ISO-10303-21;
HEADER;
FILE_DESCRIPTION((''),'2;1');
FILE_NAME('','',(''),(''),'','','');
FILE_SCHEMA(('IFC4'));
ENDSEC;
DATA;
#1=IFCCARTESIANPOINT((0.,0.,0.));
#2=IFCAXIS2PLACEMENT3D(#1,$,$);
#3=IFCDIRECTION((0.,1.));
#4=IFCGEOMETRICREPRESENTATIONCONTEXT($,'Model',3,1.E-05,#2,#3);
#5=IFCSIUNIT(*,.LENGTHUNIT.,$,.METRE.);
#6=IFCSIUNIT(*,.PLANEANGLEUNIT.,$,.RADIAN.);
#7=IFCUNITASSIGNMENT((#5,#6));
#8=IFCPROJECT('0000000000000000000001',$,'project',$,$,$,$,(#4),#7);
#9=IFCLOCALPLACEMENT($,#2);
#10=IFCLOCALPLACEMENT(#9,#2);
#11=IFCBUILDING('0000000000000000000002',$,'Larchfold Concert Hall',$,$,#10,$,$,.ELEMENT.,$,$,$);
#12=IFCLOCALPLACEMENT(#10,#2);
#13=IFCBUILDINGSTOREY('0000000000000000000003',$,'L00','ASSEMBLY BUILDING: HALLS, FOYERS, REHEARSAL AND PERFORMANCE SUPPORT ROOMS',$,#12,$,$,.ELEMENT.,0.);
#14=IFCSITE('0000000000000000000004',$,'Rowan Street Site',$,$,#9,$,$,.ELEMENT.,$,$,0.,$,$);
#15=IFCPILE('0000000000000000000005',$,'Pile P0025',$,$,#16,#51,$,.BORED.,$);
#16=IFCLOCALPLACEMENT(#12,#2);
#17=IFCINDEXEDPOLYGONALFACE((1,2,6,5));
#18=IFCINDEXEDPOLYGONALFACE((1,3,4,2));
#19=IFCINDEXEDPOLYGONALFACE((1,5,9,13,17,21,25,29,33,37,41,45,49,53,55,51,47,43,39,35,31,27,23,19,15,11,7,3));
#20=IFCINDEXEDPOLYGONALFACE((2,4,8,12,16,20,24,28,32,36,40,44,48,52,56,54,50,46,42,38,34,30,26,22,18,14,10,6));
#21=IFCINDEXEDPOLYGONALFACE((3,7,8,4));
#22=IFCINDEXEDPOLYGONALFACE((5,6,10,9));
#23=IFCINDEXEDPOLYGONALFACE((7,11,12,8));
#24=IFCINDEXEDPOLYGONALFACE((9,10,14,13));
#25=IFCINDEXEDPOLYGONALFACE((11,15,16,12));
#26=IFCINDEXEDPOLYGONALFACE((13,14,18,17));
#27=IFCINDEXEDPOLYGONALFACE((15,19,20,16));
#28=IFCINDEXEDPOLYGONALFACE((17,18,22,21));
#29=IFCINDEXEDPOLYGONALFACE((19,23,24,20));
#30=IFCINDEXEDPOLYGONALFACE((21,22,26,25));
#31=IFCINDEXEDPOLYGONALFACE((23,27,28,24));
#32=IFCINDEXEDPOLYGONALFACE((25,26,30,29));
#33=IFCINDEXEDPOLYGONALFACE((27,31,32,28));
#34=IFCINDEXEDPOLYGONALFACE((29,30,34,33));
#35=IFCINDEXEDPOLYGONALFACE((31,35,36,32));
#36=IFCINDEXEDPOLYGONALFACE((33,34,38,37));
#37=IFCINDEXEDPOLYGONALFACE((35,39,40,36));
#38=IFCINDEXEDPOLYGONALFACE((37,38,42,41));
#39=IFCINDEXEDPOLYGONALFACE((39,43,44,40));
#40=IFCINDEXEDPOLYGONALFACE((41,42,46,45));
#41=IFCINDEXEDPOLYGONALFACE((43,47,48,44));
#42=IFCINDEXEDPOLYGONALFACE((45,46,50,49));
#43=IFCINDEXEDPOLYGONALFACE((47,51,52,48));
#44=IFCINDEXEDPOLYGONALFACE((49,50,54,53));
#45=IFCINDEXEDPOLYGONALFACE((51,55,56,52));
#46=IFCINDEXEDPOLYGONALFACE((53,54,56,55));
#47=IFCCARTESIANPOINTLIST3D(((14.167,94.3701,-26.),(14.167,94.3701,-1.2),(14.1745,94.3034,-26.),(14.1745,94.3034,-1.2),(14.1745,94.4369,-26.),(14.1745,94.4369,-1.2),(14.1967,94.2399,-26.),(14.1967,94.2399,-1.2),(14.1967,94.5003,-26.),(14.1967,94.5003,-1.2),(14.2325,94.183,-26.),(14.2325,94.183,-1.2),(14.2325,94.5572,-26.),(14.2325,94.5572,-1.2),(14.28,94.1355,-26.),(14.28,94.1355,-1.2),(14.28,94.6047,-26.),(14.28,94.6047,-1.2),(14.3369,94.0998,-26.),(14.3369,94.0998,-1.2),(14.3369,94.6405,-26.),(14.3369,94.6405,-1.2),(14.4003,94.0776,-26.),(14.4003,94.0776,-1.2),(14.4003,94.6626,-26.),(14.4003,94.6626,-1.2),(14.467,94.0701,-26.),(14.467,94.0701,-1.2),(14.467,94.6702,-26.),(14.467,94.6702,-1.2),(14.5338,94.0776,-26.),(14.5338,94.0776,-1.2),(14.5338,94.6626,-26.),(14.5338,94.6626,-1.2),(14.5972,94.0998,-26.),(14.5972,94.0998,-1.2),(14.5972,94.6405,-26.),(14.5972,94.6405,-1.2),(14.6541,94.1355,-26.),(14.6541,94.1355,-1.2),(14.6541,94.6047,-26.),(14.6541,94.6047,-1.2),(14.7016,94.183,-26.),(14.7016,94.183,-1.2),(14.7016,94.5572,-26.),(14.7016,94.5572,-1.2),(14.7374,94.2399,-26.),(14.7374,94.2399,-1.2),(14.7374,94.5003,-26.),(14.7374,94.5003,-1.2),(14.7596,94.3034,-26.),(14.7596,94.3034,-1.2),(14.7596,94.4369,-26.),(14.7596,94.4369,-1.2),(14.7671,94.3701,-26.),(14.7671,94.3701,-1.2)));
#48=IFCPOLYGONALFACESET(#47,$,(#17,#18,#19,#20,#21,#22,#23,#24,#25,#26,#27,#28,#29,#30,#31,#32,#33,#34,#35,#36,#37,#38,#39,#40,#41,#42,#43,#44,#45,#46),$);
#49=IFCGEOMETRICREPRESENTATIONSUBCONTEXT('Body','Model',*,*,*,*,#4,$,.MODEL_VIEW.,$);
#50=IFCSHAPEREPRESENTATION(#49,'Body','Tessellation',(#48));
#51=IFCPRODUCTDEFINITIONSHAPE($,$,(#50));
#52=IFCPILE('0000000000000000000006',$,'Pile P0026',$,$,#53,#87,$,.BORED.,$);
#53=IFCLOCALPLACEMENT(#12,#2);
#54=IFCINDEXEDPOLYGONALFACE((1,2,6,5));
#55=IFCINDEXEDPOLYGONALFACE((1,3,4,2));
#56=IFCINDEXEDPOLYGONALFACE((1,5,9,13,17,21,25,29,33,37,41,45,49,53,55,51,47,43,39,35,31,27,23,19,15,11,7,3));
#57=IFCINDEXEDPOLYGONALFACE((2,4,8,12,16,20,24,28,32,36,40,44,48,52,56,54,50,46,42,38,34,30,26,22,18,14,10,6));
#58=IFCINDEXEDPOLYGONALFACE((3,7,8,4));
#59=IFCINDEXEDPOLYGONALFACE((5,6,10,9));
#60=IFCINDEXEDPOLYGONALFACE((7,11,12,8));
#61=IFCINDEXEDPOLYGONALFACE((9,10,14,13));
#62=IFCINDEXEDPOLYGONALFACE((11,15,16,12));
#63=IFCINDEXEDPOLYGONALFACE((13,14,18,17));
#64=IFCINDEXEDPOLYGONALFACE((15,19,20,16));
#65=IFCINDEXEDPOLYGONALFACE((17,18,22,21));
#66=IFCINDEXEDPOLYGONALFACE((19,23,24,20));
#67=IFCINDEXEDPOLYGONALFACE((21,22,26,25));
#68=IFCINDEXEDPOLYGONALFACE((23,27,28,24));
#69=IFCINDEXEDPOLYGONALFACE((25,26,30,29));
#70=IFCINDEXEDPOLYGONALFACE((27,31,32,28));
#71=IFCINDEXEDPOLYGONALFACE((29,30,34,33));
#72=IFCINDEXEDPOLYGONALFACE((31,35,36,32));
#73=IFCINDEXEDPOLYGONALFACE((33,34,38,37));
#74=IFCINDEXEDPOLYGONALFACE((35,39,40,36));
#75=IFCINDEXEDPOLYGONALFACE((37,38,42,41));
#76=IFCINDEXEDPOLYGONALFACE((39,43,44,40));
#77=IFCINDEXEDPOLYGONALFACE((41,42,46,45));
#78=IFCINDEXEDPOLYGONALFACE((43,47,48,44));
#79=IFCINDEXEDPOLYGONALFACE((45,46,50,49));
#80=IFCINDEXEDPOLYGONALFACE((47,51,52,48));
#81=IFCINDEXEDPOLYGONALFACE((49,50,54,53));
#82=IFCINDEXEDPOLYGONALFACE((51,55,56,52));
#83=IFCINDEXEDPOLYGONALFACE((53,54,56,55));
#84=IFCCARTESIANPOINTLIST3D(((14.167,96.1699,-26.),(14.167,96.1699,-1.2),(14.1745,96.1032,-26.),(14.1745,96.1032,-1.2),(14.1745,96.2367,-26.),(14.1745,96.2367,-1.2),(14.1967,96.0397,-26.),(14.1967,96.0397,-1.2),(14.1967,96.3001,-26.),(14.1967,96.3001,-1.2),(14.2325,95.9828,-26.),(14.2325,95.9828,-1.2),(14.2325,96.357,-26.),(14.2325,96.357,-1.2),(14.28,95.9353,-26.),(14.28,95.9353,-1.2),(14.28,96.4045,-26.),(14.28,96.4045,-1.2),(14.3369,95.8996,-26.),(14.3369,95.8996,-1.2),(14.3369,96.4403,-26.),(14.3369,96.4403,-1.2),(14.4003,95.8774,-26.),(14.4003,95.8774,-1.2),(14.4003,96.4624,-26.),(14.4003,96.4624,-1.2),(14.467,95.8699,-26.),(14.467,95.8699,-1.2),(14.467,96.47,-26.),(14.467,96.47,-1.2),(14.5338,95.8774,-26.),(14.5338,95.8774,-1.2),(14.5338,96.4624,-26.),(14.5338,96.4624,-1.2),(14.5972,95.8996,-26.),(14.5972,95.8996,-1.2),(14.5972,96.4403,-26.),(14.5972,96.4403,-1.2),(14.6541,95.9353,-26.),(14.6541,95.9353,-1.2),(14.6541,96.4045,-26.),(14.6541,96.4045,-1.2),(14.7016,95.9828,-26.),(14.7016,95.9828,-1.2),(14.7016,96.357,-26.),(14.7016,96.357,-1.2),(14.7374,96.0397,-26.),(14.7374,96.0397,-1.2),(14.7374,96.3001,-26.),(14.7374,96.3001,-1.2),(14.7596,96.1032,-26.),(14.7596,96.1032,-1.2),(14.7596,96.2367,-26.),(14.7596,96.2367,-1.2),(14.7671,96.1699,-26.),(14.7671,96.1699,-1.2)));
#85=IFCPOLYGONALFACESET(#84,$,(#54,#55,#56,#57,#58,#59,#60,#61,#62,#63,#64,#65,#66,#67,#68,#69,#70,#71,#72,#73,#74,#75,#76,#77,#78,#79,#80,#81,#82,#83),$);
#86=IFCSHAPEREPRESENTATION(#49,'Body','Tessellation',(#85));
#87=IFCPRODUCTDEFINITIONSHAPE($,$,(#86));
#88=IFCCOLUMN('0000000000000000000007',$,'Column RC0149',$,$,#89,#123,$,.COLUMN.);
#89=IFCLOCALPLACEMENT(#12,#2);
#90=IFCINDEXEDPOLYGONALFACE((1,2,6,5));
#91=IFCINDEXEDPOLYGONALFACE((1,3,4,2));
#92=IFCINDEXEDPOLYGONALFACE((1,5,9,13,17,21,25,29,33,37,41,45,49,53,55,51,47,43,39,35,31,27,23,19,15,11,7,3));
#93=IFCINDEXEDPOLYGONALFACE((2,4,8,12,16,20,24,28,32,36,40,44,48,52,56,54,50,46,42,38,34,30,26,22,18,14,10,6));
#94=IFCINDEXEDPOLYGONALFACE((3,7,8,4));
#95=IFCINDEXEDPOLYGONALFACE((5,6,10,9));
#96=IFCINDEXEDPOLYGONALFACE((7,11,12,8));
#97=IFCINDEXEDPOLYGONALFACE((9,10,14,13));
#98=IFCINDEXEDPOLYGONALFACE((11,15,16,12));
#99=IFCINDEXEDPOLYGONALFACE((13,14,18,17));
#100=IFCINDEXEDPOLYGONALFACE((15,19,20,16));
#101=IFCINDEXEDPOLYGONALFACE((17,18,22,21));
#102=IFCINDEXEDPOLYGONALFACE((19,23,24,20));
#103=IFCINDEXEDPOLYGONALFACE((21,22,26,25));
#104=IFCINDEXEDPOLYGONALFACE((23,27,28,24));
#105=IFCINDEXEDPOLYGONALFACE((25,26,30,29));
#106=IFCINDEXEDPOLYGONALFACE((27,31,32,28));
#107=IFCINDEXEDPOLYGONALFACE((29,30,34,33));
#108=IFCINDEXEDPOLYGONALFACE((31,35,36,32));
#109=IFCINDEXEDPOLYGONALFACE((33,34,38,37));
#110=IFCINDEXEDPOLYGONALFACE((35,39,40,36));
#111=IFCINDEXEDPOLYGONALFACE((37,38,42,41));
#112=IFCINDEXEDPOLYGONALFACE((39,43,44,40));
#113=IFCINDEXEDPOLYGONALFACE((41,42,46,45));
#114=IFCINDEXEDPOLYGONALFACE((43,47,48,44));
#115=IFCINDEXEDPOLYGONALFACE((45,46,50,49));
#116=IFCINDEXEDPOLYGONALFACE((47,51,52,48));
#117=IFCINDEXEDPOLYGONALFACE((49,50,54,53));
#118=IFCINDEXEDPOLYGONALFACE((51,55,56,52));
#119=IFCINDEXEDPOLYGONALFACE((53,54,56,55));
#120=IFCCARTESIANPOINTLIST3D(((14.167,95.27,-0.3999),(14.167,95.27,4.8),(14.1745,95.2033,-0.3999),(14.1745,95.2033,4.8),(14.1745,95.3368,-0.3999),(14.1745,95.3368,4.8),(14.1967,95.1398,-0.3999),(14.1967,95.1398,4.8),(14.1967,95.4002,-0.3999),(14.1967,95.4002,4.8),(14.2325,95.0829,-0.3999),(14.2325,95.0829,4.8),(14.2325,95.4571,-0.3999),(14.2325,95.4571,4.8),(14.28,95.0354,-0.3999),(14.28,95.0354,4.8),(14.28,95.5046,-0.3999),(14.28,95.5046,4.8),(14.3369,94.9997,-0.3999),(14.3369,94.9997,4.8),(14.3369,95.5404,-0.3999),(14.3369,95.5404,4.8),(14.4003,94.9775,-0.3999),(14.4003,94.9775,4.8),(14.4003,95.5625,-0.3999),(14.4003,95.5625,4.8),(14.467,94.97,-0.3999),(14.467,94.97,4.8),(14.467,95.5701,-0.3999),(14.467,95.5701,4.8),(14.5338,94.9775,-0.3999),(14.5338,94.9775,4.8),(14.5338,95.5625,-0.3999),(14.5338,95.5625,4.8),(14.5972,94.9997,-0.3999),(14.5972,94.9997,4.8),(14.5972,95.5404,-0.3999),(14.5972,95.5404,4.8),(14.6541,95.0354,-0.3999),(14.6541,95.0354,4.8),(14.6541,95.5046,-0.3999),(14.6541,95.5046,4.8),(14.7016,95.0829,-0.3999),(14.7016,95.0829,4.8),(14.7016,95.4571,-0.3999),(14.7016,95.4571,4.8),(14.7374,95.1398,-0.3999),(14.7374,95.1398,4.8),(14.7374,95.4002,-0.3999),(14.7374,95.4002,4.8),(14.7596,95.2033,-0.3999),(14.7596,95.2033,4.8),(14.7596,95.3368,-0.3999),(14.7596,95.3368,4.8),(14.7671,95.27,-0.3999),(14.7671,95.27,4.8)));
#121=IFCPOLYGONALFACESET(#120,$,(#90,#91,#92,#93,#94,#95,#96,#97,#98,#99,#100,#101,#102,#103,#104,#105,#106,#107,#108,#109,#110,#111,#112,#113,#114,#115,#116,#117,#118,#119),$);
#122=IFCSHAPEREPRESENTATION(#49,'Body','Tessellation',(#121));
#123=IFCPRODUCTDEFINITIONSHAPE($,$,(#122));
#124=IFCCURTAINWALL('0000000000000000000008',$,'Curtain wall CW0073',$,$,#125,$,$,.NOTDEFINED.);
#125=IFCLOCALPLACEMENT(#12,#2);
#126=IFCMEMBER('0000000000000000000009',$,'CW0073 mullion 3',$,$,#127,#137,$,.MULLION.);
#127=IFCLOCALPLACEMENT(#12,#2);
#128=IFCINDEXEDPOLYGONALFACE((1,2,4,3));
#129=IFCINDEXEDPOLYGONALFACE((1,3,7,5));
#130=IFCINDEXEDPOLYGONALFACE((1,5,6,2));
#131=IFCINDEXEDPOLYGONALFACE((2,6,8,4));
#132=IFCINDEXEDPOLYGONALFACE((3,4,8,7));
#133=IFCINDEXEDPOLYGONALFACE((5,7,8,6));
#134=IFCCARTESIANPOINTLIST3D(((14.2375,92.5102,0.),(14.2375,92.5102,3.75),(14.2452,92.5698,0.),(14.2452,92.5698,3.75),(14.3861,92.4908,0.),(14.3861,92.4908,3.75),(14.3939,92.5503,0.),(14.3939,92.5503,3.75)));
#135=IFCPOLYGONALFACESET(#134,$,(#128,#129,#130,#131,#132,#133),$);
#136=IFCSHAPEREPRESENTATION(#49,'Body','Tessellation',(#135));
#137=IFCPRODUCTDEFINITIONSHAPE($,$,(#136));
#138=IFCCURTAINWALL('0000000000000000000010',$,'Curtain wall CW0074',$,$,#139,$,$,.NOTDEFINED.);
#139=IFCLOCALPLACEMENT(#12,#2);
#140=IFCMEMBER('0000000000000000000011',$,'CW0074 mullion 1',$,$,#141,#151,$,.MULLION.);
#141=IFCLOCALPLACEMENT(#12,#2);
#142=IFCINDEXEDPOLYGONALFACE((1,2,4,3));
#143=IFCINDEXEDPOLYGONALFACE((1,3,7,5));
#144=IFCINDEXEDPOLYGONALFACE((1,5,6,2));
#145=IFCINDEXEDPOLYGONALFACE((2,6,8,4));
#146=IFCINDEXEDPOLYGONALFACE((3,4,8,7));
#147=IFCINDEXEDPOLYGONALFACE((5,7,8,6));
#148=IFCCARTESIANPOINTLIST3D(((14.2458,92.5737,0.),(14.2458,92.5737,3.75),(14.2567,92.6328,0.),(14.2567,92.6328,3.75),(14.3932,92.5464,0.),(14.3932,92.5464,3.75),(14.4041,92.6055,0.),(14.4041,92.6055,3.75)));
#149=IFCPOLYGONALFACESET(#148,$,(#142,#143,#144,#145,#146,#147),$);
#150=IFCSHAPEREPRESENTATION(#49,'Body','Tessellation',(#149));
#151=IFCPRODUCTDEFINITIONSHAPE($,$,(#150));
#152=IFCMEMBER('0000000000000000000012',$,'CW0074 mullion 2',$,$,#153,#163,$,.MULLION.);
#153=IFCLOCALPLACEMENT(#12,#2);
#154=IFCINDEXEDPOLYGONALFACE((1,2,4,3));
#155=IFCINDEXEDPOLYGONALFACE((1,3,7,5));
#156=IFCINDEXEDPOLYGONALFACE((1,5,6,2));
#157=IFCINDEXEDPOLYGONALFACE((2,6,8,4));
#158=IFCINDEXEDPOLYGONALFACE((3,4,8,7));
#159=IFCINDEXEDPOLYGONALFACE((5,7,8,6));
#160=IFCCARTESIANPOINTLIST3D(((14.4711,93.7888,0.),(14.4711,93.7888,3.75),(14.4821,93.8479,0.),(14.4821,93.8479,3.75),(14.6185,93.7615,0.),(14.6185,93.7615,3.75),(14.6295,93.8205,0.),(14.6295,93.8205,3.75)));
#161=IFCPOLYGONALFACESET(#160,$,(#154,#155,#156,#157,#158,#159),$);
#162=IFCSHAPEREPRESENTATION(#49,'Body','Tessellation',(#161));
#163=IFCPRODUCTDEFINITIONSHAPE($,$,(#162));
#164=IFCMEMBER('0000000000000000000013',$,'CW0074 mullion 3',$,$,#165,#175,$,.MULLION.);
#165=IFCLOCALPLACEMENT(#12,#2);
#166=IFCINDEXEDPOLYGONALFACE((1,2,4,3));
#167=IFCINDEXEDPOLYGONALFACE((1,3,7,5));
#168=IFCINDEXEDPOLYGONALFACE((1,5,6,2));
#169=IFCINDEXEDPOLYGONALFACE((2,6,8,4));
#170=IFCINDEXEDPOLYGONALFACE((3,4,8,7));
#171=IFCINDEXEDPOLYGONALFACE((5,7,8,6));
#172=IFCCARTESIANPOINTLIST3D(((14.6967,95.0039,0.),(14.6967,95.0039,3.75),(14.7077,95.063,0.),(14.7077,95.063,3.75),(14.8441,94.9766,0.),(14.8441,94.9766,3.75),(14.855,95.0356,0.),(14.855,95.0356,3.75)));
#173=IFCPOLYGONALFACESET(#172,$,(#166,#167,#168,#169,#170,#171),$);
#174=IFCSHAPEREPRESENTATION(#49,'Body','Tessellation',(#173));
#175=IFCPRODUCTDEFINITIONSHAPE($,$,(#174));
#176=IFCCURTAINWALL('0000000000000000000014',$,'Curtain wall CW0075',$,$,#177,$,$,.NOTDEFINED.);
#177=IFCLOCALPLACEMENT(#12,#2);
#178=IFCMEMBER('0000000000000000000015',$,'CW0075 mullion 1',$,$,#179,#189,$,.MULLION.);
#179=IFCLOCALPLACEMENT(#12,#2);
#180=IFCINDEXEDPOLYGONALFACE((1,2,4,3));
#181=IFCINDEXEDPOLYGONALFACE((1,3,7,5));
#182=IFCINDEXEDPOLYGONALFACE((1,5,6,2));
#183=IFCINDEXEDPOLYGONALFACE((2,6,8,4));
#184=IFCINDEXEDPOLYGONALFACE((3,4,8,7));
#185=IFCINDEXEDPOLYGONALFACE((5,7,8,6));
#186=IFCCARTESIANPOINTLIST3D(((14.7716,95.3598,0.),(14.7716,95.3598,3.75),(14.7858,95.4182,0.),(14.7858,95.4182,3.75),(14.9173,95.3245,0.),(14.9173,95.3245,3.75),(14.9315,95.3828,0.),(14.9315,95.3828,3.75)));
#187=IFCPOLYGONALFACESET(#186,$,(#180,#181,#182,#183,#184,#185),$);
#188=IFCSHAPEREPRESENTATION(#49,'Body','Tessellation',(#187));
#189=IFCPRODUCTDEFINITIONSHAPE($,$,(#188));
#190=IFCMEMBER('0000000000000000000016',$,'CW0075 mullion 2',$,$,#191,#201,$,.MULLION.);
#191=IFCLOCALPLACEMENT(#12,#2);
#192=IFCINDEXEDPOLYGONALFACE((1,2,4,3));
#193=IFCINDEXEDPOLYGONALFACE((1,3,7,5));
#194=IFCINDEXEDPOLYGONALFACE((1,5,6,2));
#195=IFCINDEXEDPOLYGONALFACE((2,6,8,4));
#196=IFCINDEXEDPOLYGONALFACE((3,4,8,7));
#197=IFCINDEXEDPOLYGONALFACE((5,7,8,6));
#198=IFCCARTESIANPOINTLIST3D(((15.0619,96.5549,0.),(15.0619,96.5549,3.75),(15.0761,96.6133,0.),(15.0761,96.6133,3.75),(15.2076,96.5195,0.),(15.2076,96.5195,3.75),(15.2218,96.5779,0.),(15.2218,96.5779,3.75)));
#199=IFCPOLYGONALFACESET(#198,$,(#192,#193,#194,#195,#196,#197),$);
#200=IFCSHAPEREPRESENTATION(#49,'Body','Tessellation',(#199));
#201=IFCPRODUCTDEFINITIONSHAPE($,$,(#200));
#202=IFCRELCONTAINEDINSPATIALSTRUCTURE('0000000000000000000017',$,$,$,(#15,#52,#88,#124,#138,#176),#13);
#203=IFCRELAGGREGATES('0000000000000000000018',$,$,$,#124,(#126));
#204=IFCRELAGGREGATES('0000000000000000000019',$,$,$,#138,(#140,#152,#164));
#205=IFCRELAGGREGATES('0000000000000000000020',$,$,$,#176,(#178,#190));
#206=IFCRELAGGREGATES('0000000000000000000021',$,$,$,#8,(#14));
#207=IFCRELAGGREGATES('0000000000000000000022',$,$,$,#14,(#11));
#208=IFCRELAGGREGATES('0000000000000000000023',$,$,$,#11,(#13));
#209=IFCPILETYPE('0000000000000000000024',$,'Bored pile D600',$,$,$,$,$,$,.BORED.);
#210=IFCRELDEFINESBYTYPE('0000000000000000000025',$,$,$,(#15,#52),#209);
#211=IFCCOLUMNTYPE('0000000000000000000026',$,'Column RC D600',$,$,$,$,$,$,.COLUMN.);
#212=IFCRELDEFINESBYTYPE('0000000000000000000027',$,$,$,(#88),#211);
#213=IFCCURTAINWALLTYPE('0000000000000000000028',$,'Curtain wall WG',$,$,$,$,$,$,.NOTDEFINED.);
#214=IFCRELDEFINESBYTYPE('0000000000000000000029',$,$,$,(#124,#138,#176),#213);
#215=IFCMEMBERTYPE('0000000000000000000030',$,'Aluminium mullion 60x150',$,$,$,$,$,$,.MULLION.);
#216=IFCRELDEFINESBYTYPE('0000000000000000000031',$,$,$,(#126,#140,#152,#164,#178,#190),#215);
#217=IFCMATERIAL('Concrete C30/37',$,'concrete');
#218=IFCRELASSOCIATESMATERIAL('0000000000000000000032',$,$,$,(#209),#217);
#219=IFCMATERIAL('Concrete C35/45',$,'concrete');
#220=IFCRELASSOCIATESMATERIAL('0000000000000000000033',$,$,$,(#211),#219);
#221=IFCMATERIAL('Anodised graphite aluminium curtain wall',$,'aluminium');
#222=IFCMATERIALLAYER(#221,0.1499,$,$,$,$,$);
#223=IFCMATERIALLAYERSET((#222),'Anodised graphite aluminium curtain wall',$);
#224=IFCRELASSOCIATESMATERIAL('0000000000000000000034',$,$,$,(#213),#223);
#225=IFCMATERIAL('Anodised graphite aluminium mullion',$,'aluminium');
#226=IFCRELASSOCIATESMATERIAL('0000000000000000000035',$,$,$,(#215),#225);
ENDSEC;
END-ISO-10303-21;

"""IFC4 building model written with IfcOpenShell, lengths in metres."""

from ifc_helpers import new_model, si_unit, direction, frame, origin, origin_2d, place, context, subcontext, project, spatial, rectangle, circle, extrude, material, layer, layer_set, material_profile, profile_set, type_object, element, aggregate, save


model = new_model("IFC4")

# Units and contexts
model_context = context("Model", 3, precision=1e-05, world=origin(), true_north=direction((0.0, 1.0)))
body_context = subcontext(model_context, "Body", "Model", "MODEL_VIEW")
ifc_project = project(units=[si_unit("LENGTHUNIT", "METRE"), si_unit("PLANEANGLEUNIT", "RADIAN")], contexts=[model_context])

# Site, building, storey
site_placement = place(None, origin())
site = spatial("IfcSite", under=ifc_project, at=site_placement, Name="Rowan Street Site", CompositionType="ELEMENT", RefElevation=0.0)
building_placement = place(site_placement, origin())
building = spatial("IfcBuilding", under=site, at=building_placement, Name="Larchfold Concert Hall", CompositionType="ELEMENT")
storey_placement = place(building_placement, origin())
storey = spatial("IfcBuildingStorey", under=building, at=storey_placement, Name="L00", Description="ASSEMBLY BUILDING: HALLS, FOYERS, REHEARSAL AND PERFORMANCE SUPPORT ROOMS", CompositionType="ELEMENT", Elevation=0.0)

# Piles
ifc_material_1 = material(Name="Concrete C30/37", Category="concrete")
ifc_material_profile_1 = material_profile(ifc_material_1, circle(Radius=0.3, at=origin_2d()))
ifc_profile_set_1 = profile_set([ifc_material_profile_1], Name="Concrete C30/37")
pile_type = type_object("IfcPileType", Name="Bored pile D600", PredefinedType="BORED", material=ifc_profile_set_1)
for number, where, z_axis, x_axis, name in (
    (1, (14.467, 94.3701, -1.2), (0.0, 0.0, -1.0), (1.0, 0.0, 0.0), "Pile P0025"),
    (2, (14.467, 96.1699, -1.2), (0.0, 0.0, -1.0), (1.0, 0.0, 0.0), "Pile P0026"),
):
    element("IfcPile", number, at=place(storey_placement, frame(where, z_axis=z_axis, x_axis=x_axis)), inside=storey, type_object=pile_type, Name=name, PredefinedType="BORED", context=body_context, shape_type="SweptSolid", body=[
        extrude(circle(Radius=0.3, at=origin_2d()), origin(), (0.0, 0.0, 1.0), 24.8),
    ])

# Column
ifc_material_2 = material(Name="Concrete C35/45", Category="concrete")
ifc_material_profile_2 = material_profile(ifc_material_2, circle(Radius=0.3, at=origin_2d()))
ifc_profile_set_2 = profile_set([ifc_material_profile_2], Name="Concrete C35/45")
column_type = type_object("IfcColumnType", Name="Column RC D600", PredefinedType="COLUMN", material=ifc_profile_set_2)
column_placement = place(storey_placement, frame((14.467, 95.27, -0.3999), z_axis=(0.0, 0.0, 1.0), x_axis=(1.0, 0.0, 0.0)))
element("IfcColumn", 3, at=column_placement, inside=storey, type_object=column_type, Name="Column RC0149", PredefinedType="COLUMN", context=body_context, shape_type="SweptSolid", body=[
    extrude(circle(Radius=0.3, at=origin_2d()), origin(), (0.0, 0.0, 1.0), 5.2),
])

# Curtain wall, member
ifc_material_3 = material(Name="Anodised graphite aluminium curtain wall", Category="aluminium")
ifc_layer_1 = layer(ifc_material_3, 0.1499)
ifc_layer_set_1 = layer_set([ifc_layer_1], Name="Anodised graphite aluminium curtain wall")
curtain_wall_type = type_object("IfcCurtainWallType", Name="Curtain wall WG", PredefinedType="NOTDEFINED", material=ifc_layer_set_1)
curtain_wall_1_placement = place(storey_placement, origin())
curtain_wall_1 = element("IfcCurtainWall", 4, at=curtain_wall_1_placement, inside=storey, type_object=curtain_wall_type, Name="Curtain wall CW0073", PredefinedType="NOTDEFINED")
ifc_material_4 = material(Name="Anodised graphite aluminium mullion", Category="aluminium")
ifc_material_profile_3 = material_profile(ifc_material_4, rectangle(XDim=0.1499, YDim=0.0601, at=origin_2d()))
ifc_profile_set_3 = profile_set([ifc_material_profile_3], Name="Anodised graphite aluminium mullion")
member_type_1 = type_object("IfcMemberType", Name="Aluminium mullion 60x150", PredefinedType="MULLION", material=ifc_profile_set_3)
member_1_placement = place(storey_placement, frame((14.3157, 92.5303, 0.0), z_axis=(0.0, 0.0, 1.0), x_axis=(-0.991561, 0.129644, 0.0)))
member_1 = element("IfcMember", 5, at=member_1_placement, type_object=member_type_1, Name="CW0073 mullion 3", PredefinedType="MULLION", context=body_context, shape_type="SweptSolid", body=[
    extrude(rectangle(XDim=0.1499, YDim=0.0601, at=origin_2d()), origin(), (0.0, 0.0, 1.0), 3.75),
])
aggregate(curtain_wall_1, [member_1])

# Curtain walls, members
curtain_wall_2_placement = place(storey_placement, origin())
curtain_wall_2 = element("IfcCurtainWall", 6, at=curtain_wall_2_placement, inside=storey, type_object=curtain_wall_type, Name="Curtain wall CW0074", PredefinedType="NOTDEFINED")
member_2_placement = place(storey_placement, frame((14.325, 92.5896, 0.0), z_axis=(0.0, 0.0, 1.0), x_axis=(-0.983233, 0.182355, 0.0)))
member_2 = element("IfcMember", 7, at=member_2_placement, type_object=member_type_1, Name="CW0074 mullion 1", PredefinedType="MULLION", context=body_context, shape_type="SweptSolid", body=[
    extrude(rectangle(XDim=0.1499, YDim=0.0601, at=origin_2d()), origin(), (0.0, 0.0, 1.0), 3.75),
])
member_3_placement = place(storey_placement, frame((14.5503, 93.8047, 0.0), z_axis=(0.0, 0.0, 1.0), x_axis=(-0.983233, 0.182355, 0.0)))
member_3 = element("IfcMember", 8, at=member_3_placement, type_object=member_type_1, Name="CW0074 mullion 2", PredefinedType="MULLION", context=body_context, shape_type="SweptSolid", body=[
    extrude(rectangle(XDim=0.1499, YDim=0.0601, at=origin_2d()), origin(), (0.0, 0.0, 1.0), 3.75),
])
member_4_placement = place(storey_placement, frame((14.7759, 95.0198, 0.0), z_axis=(0.0, 0.0, 1.0), x_axis=(-0.983233, 0.182355, 0.0)))
member_4 = element("IfcMember", 9, at=member_4_placement, type_object=member_type_1, Name="CW0074 mullion 3", PredefinedType="MULLION", context=body_context, shape_type="SweptSolid", body=[
    extrude(rectangle(XDim=0.1499, YDim=0.0601, at=origin_2d()), origin(), (0.0, 0.0, 1.0), 3.75),
])
curtain_wall_3_placement = place(storey_placement, origin())
curtain_wall_3 = element("IfcCurtainWall", 10, at=curtain_wall_3_placement, inside=storey, type_object=curtain_wall_type, Name="Curtain wall CW0075", PredefinedType="NOTDEFINED")
member_5_placement = place(storey_placement, frame((14.8516, 95.3713, 0.0), z_axis=(0.0, 0.0, 1.0), x_axis=(-0.971762, 0.235963, 0.0)))
member_5 = element("IfcMember", 11, at=member_5_placement, type_object=member_type_1, Name="CW0075 mullion 1", PredefinedType="MULLION", context=body_context, shape_type="SweptSolid", body=[
    extrude(rectangle(XDim=0.1499, YDim=0.0601, at=origin_2d()), origin(), (0.0, 0.0, 1.0), 3.75),
])
member_6_placement = place(storey_placement, frame((15.1418, 96.5664, 0.0), z_axis=(0.0, 0.0, 1.0), x_axis=(-0.971762, 0.235963, 0.0)))
member_6 = element("IfcMember", 12, at=member_6_placement, type_object=member_type_1, Name="CW0075 mullion 2", PredefinedType="MULLION", context=body_context, shape_type="SweptSolid", body=[
    extrude(rectangle(XDim=0.1499, YDim=0.0601, at=origin_2d()), origin(), (0.0, 0.0, 1.0), 3.75),
])

aggregate(curtain_wall_2, [member_2, member_3, member_4])
aggregate(curtain_wall_3, [member_5, member_6])

save(model, "model.ifc")
